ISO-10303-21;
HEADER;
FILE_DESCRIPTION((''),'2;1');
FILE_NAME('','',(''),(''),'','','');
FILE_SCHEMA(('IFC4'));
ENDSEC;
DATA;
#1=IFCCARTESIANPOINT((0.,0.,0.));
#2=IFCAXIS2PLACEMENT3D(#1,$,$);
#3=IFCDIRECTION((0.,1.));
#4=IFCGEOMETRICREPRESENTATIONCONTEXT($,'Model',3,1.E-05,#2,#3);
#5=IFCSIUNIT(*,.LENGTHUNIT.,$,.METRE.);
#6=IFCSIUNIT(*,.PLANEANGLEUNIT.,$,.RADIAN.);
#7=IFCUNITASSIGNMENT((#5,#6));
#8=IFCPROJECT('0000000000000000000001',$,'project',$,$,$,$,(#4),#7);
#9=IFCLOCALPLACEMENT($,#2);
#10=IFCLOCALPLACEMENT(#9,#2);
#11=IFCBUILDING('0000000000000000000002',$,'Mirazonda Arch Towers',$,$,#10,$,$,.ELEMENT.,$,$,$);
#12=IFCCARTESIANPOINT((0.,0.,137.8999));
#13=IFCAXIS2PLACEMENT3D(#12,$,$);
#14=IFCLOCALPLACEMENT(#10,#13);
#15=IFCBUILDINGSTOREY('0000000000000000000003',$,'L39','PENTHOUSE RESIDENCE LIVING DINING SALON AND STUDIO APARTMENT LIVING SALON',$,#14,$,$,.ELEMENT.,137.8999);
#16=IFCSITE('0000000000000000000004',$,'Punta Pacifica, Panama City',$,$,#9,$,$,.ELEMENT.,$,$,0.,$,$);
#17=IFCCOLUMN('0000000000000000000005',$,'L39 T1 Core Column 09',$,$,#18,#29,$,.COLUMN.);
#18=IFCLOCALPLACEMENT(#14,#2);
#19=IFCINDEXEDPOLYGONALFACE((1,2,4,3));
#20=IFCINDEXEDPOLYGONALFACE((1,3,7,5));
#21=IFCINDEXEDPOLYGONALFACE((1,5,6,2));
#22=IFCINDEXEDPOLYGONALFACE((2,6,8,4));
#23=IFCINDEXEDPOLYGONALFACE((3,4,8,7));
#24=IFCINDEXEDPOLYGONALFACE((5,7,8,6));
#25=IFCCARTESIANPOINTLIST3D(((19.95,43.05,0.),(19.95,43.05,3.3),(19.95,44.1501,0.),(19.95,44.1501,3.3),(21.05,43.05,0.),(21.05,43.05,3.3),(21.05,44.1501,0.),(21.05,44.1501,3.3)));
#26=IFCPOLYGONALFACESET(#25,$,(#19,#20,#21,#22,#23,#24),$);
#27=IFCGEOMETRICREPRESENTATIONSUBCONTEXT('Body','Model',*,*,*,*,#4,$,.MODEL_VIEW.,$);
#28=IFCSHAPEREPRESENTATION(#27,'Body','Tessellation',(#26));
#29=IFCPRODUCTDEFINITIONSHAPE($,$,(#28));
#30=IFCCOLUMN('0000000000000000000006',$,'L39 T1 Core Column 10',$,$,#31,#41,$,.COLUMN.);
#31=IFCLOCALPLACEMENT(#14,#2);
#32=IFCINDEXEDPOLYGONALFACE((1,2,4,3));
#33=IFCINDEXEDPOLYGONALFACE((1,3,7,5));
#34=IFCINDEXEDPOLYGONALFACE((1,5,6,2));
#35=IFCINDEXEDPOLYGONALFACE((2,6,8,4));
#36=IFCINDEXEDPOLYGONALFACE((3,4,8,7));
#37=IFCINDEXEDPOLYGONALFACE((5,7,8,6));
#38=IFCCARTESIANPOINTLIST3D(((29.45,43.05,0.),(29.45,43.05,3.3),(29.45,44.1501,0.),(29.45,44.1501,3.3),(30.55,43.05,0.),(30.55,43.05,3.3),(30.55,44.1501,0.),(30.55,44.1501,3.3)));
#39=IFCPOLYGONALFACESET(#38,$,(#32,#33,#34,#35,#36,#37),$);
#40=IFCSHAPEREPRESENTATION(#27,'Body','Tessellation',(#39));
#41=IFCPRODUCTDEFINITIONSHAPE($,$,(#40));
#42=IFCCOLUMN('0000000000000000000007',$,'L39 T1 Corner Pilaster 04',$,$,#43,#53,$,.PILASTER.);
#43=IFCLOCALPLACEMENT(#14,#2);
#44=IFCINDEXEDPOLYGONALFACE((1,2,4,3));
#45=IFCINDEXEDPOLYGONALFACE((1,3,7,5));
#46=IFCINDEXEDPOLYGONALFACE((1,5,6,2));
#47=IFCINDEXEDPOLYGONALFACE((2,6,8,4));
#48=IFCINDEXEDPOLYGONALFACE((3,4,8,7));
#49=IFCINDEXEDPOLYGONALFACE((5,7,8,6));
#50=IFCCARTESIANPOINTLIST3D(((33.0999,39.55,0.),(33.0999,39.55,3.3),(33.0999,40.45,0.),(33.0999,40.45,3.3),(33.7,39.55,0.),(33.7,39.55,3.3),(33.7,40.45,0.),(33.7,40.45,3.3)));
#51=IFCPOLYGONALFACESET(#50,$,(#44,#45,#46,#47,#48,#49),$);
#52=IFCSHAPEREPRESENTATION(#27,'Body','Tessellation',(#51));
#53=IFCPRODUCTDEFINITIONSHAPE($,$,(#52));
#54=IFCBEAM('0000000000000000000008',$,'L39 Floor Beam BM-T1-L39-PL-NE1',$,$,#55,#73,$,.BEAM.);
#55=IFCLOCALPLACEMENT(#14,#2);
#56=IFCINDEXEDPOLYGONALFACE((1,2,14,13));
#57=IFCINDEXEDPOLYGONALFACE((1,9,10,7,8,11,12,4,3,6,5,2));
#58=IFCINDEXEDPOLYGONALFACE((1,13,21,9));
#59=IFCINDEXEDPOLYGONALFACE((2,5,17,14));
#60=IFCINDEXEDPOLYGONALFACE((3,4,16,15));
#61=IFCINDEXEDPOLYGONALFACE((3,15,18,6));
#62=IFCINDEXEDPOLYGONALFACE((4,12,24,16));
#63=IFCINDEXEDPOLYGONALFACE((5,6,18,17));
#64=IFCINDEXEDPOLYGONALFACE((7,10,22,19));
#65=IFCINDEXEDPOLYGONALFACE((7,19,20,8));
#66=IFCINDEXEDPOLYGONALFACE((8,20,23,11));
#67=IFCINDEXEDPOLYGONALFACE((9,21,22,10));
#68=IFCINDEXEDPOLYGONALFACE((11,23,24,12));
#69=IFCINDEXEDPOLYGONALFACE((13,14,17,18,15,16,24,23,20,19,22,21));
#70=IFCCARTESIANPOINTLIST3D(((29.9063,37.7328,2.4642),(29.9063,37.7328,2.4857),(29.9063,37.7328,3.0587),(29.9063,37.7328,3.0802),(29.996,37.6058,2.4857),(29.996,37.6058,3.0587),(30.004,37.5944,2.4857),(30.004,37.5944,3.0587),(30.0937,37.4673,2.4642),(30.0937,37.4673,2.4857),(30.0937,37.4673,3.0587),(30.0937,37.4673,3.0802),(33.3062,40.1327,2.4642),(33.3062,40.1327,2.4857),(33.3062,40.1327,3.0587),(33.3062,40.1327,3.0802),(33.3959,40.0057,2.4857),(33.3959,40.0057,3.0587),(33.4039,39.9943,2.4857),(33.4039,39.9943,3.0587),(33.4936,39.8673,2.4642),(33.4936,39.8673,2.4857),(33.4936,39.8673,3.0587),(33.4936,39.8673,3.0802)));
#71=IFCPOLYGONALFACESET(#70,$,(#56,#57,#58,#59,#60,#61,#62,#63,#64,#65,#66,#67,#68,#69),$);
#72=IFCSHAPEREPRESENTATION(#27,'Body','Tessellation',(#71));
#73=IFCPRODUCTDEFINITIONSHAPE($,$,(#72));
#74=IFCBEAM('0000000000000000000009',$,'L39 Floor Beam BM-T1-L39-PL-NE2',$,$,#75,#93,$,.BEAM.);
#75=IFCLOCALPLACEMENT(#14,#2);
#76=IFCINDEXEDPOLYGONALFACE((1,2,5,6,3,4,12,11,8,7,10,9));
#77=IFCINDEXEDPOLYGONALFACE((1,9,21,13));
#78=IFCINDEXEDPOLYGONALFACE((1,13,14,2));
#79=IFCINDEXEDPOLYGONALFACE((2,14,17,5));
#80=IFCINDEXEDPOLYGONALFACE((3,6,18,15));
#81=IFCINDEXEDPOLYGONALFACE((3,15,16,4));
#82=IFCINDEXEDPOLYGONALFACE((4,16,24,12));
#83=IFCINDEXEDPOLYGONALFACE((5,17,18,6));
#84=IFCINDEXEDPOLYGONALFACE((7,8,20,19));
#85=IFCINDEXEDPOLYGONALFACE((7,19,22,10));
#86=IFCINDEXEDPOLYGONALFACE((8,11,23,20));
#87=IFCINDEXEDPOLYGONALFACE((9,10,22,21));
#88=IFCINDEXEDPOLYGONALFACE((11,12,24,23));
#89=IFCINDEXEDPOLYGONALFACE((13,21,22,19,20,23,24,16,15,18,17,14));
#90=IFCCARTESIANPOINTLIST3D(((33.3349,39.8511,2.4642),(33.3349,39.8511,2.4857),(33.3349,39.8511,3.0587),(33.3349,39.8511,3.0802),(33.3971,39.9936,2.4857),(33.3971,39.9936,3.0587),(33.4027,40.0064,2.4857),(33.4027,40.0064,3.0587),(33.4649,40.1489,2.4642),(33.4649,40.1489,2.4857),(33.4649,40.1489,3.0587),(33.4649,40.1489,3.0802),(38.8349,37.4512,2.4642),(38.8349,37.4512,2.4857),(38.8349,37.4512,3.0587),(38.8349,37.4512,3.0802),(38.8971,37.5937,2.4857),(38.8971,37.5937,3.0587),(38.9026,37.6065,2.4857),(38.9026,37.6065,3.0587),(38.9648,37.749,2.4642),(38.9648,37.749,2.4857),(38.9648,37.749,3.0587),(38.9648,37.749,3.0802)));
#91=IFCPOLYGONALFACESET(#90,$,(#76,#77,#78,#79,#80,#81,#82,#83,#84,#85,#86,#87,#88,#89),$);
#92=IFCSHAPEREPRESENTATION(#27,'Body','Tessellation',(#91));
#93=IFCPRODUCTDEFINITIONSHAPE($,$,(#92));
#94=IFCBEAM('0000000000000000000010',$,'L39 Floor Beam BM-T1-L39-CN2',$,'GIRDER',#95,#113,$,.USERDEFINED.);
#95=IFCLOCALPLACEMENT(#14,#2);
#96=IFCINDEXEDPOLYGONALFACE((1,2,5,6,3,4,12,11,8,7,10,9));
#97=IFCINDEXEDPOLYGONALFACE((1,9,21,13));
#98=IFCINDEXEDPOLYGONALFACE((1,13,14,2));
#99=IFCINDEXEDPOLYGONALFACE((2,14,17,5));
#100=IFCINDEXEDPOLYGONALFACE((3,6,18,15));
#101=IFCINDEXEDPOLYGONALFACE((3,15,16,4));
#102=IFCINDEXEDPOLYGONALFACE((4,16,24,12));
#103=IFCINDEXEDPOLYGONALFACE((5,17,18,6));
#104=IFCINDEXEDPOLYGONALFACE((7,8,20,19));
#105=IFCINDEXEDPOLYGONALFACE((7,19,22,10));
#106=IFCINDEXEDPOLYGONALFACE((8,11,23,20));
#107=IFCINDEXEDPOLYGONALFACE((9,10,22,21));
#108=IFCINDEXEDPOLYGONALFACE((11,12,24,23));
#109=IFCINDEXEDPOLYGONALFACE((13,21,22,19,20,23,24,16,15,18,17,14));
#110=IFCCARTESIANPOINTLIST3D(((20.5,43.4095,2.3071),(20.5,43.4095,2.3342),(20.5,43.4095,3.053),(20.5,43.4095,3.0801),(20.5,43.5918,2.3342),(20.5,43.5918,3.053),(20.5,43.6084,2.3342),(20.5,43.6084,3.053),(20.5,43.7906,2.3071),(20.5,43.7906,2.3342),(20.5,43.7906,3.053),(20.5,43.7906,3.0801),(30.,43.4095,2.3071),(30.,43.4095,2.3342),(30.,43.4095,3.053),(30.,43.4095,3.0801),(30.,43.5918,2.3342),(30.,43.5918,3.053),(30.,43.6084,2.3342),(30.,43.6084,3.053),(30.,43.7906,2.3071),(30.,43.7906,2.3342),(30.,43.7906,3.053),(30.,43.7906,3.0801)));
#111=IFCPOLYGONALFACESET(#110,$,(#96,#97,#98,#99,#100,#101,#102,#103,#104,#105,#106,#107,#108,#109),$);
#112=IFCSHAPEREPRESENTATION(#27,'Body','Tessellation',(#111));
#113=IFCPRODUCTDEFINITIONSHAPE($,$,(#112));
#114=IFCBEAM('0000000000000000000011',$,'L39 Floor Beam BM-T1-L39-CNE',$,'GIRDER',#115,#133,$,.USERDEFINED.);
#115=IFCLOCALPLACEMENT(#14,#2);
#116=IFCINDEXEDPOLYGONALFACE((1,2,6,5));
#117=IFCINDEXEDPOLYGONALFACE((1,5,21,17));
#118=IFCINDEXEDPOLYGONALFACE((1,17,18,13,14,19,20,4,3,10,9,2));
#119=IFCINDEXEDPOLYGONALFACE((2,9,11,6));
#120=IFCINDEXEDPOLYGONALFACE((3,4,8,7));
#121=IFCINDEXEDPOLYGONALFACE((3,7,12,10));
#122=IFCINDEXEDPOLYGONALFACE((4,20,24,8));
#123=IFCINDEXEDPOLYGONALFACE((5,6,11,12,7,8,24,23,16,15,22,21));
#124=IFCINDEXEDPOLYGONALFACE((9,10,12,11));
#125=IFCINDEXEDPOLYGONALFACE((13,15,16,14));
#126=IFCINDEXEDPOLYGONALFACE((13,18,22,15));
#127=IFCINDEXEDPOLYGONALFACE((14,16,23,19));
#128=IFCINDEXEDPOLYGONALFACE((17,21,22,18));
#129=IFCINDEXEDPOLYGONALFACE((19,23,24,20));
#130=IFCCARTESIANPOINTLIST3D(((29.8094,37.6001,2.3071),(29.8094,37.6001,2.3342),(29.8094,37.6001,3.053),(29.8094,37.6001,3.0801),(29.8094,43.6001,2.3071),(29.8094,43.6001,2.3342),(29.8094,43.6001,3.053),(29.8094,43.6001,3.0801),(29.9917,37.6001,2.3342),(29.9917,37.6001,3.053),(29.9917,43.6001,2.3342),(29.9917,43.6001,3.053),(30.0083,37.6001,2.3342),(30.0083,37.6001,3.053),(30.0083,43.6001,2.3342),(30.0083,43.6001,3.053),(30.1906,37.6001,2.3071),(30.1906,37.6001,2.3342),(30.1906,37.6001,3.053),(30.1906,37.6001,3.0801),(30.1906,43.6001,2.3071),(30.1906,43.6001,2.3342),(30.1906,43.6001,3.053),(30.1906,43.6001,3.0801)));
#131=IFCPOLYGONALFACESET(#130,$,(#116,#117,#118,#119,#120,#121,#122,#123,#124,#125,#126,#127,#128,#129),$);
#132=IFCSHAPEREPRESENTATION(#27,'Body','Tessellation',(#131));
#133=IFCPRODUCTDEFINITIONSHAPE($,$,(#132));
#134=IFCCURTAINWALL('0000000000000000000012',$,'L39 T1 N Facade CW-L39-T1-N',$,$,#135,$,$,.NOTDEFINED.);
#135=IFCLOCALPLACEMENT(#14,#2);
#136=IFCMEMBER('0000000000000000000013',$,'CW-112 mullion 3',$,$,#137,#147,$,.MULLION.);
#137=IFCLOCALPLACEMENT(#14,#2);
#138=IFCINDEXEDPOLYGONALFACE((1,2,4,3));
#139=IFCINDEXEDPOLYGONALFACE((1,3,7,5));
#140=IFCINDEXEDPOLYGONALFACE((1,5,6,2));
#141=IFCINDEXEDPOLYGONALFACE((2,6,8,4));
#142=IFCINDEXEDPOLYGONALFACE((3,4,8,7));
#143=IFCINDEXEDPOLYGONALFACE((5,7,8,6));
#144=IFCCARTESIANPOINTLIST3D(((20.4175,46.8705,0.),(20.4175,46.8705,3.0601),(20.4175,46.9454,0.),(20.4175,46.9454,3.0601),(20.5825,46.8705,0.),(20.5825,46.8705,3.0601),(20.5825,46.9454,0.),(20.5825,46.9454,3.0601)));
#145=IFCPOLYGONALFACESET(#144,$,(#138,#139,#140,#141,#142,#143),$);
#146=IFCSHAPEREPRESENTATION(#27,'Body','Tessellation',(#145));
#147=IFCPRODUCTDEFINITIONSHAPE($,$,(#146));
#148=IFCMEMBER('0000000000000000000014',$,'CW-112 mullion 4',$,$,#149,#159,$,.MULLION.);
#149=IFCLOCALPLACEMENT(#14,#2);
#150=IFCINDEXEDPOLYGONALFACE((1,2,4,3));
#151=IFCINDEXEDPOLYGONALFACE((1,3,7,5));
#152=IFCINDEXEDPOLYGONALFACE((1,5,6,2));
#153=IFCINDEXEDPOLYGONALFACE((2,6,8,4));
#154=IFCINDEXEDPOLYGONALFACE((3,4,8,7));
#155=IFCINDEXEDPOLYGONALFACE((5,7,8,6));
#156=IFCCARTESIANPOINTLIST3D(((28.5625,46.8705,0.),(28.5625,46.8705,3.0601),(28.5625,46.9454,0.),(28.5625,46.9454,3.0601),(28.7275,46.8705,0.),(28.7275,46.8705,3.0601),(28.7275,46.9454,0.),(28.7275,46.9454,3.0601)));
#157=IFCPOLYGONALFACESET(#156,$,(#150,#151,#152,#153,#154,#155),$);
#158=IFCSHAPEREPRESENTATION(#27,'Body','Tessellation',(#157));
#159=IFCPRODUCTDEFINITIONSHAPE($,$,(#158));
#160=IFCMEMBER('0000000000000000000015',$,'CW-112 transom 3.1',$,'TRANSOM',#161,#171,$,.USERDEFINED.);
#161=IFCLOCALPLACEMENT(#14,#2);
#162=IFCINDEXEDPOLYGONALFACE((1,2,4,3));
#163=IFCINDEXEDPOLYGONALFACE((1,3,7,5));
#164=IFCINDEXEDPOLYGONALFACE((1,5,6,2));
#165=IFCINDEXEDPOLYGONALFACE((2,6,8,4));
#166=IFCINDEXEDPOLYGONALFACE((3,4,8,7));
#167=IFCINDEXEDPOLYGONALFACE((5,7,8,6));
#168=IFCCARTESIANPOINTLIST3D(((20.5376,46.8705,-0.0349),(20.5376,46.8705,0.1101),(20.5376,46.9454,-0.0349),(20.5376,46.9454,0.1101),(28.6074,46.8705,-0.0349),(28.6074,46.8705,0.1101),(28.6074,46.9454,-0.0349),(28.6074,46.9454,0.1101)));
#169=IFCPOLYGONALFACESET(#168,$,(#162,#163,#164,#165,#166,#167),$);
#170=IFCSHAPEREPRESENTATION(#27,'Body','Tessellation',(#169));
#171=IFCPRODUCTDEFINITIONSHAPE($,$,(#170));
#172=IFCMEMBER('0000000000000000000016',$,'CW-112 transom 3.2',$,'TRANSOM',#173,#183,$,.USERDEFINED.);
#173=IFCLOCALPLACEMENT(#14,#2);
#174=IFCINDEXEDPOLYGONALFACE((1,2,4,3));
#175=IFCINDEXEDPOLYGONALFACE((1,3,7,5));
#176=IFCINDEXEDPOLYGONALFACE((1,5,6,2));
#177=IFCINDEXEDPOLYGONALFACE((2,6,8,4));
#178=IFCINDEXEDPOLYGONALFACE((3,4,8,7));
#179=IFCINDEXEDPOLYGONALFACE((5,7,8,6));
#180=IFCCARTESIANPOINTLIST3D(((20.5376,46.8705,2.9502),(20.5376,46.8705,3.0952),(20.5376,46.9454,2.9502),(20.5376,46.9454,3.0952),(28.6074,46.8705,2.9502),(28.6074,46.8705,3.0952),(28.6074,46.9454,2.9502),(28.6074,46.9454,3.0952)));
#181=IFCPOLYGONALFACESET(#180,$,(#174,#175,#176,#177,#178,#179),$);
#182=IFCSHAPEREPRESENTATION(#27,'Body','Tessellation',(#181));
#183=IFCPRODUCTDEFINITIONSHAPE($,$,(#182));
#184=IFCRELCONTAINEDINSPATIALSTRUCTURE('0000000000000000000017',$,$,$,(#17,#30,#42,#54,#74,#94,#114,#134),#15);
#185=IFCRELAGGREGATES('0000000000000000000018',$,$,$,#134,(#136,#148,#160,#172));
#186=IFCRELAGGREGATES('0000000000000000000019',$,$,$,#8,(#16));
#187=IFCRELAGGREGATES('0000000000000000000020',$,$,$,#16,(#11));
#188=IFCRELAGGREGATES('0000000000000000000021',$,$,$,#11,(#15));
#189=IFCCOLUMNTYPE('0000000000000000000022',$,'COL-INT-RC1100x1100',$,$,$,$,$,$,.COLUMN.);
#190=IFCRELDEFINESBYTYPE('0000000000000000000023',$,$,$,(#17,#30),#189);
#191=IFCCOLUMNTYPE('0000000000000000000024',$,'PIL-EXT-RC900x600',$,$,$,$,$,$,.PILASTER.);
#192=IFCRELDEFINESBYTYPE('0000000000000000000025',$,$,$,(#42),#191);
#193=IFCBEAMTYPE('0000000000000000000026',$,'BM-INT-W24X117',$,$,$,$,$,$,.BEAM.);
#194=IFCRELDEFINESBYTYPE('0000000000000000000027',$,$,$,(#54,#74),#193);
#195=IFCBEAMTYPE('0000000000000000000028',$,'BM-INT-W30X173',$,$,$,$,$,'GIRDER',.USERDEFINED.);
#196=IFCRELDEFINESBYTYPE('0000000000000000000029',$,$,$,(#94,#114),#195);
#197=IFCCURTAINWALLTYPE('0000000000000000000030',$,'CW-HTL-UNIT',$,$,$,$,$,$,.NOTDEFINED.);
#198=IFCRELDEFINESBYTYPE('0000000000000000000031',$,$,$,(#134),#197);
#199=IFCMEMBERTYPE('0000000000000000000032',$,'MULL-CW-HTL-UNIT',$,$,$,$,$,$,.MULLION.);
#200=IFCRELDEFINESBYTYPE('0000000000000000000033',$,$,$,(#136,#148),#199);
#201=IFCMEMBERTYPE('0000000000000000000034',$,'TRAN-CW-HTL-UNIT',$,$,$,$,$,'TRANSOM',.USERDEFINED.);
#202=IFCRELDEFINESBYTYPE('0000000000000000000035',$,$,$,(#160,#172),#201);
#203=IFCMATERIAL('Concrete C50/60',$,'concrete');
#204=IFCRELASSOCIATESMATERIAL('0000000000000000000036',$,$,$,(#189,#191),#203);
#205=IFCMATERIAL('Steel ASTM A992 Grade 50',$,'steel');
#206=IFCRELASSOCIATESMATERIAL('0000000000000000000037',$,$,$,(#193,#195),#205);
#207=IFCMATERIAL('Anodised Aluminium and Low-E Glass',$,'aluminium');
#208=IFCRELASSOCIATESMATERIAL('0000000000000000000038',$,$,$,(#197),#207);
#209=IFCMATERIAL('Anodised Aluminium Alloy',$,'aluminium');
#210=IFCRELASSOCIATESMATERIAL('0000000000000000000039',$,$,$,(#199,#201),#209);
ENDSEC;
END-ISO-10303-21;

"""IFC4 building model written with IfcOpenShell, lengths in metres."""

from ifc_helpers import new_model, si_unit, direction, frame, origin, origin_2d, place, context, subcontext, project, spatial, rectangle, i_section, extrude, material, material_profile, profile_set, type_object, element, aggregate, save


model = new_model("IFC4")

# Units and contexts
model_context = context("Model", 3, precision=1e-05, world=origin(), true_north=direction((0.0, 1.0)))
body_context = subcontext(model_context, "Body", "Model", "MODEL_VIEW")
ifc_project = project(units=[si_unit("LENGTHUNIT", "METRE"), si_unit("PLANEANGLEUNIT", "RADIAN")], contexts=[model_context])

# Site, building, storey
site_placement = place(None, origin())
site = spatial("IfcSite", under=ifc_project, at=site_placement, Name="Punta Pacifica, Panama City", CompositionType="ELEMENT", RefElevation=0.0)
building_placement = place(site_placement, origin())
building = spatial("IfcBuilding", under=site, at=building_placement, Name="Mirazonda Arch Towers", CompositionType="ELEMENT")
storey_placement = place(building_placement, frame((0.0, 0.0, 137.8999)))
storey = spatial("IfcBuildingStorey", under=building, at=storey_placement, Name="L39", Description="PENTHOUSE RESIDENCE LIVING DINING SALON AND STUDIO APARTMENT LIVING SALON", CompositionType="ELEMENT", Elevation=137.8999)

# Columns
ifc_material_1 = material(Name="Concrete C50/60", Category="concrete")
ifc_material_profile_1 = material_profile(ifc_material_1, rectangle(XDim=1.1001, YDim=1.1001, at=origin_2d()), Name="RC1100x1100")
ifc_profile_set_1 = profile_set([ifc_material_profile_1], Name="Concrete C50/60")
column_type_1 = type_object("IfcColumnType", Name="COL-INT-RC1100x1100", PredefinedType="COLUMN", material=ifc_profile_set_1)
for number, where, z_axis, x_axis, name in (
    (1, (20.5, 43.6001, 0.0), (0.0, 0.0, 1.0), (1.0, 0.0, 0.0), "L39 T1 Core Column 09"),
    (2, (30.0, 43.6001, 0.0), (0.0, 0.0, 1.0), (1.0, 0.0, 0.0), "L39 T1 Core Column 10"),
):
    element("IfcColumn", number, at=place(storey_placement, frame(where, z_axis=z_axis, x_axis=x_axis)), inside=storey, type_object=column_type_1, Name=name, PredefinedType="COLUMN", context=body_context, shape_type="SweptSolid", body=[
        extrude(rectangle(XDim=1.1001, YDim=1.1001, at=origin_2d()), origin(), (0.0, 0.0, 1.0), 3.3),
    ])
ifc_material_profile_2 = material_profile(ifc_material_1, rectangle(XDim=0.6001, YDim=0.8999, at=origin_2d()), Name="RC900x600")
ifc_profile_set_2 = profile_set([ifc_material_profile_2], Name="Concrete C50/60")
column_type_2 = type_object("IfcColumnType", Name="PIL-EXT-RC900x600", PredefinedType="PILASTER", material=ifc_profile_set_2)
column_placement = place(storey_placement, frame((33.3999, 40.0, 0.0), z_axis=(0.0, 0.0, 1.0), x_axis=(1.0, 0.0, 0.0)))
element("IfcColumn", 3, at=column_placement, inside=storey, type_object=column_type_2, Name="L39 T1 Corner Pilaster 04", PredefinedType="PILASTER", context=body_context, shape_type="SweptSolid", body=[
    extrude(rectangle(XDim=0.6001, YDim=0.8999, at=origin_2d()), origin(), (0.0, 0.0, 1.0), 3.3),
])

# Beams
ifc_material_2 = material(Name="Steel ASTM A992 Grade 50", Category="steel")
ifc_material_profile_3 = material_profile(ifc_material_2, i_section(OverallWidth=0.325, OverallDepth=0.616, WebThickness=0.0139, FlangeThickness=0.0215, at=origin_2d()), Name="W24X117")
ifc_profile_set_3 = profile_set([ifc_material_profile_3], Name="Steel ASTM A992 Grade 50")
beam_type_1 = type_object("IfcBeamType", Name="BM-INT-W24X117", PredefinedType="BEAM", material=ifc_profile_set_3)
beam_1_placement = place(storey_placement, frame((33.3999, 40.0, 2.7722), z_axis=(-0.816971, -0.576679, 0.0), x_axis=(0.576679, -0.816971, 0.0)))
element("IfcBeam", 4, at=beam_1_placement, inside=storey, type_object=beam_type_1, Name="L39 Floor Beam BM-T1-L39-PL-NE1", PredefinedType="BEAM", context=body_context, shape_type="SweptSolid", body=[
    extrude(i_section(OverallWidth=0.325, OverallDepth=0.616, WebThickness=0.0139, FlangeThickness=0.0215, at=origin_2d()), origin(), (0.0, 0.0, 1.0), 4.1616),
])
beam_2_placement = place(storey_placement, frame((33.3999, 40.0, 2.7722), z_axis=(0.916545, -0.399931, 0.0), x_axis=(0.399931, 0.916545, 0.0)))
element("IfcBeam", 5, at=beam_2_placement, inside=storey, type_object=beam_type_1, Name="L39 Floor Beam BM-T1-L39-PL-NE2", PredefinedType="BEAM", context=body_context, shape_type="SweptSolid", body=[
    extrude(i_section(OverallWidth=0.325, OverallDepth=0.616, WebThickness=0.0139, FlangeThickness=0.0215, at=origin_2d()), origin(), (0.0, 0.0, 1.0), 6.0007),
])
ifc_material_profile_4 = material_profile(ifc_material_2, i_section(OverallWidth=0.3811, OverallDepth=0.7729, WebThickness=0.0166, FlangeThickness=0.0271, at=origin_2d()), Name="W30X173")
ifc_profile_set_4 = profile_set([ifc_material_profile_4], Name="Steel ASTM A992 Grade 50")
beam_type_2 = type_object("IfcBeamType", Name="BM-INT-W30X173", ElementType="GIRDER", PredefinedType="USERDEFINED", material=ifc_profile_set_4)
beam_3_placement = place(storey_placement, frame((20.5, 43.6001, 2.6936), z_axis=(1.0, 0.0, 0.0), x_axis=(0.0, 1.0, 0.0)))
element("IfcBeam", 6, at=beam_3_placement, inside=storey, type_object=beam_type_2, Name="L39 Floor Beam BM-T1-L39-CN2", ObjectType="GIRDER", PredefinedType="USERDEFINED", context=body_context, shape_type="SweptSolid", body=[
    extrude(i_section(OverallWidth=0.3811, OverallDepth=0.7729, WebThickness=0.0166, FlangeThickness=0.0271, at=origin_2d()), origin(), (0.0, 0.0, 1.0), 9.5),
])
beam_4_placement = place(storey_placement, frame((30.0, 37.6001, 2.6936), z_axis=(0.0, 1.0, 0.0), x_axis=(-1.0, 0.0, 0.0)))
element("IfcBeam", 7, at=beam_4_placement, inside=storey, type_object=beam_type_2, Name="L39 Floor Beam BM-T1-L39-CNE", ObjectType="GIRDER", PredefinedType="USERDEFINED", context=body_context, shape_type="SweptSolid", body=[
    extrude(i_section(OverallWidth=0.3811, OverallDepth=0.7729, WebThickness=0.0166, FlangeThickness=0.0271, at=origin_2d()), origin(), (0.0, 0.0, 1.0), 6.0),
])

# Curtain wall, members
ifc_material_3 = material(Name="Anodised Aluminium and Low-E Glass", Category="aluminium")
curtain_wall_type = type_object("IfcCurtainWallType", Name="CW-HTL-UNIT", PredefinedType="NOTDEFINED", material=ifc_material_3)
curtain_wall_placement = place(storey_placement, origin())
curtain_wall = element("IfcCurtainWall", 8, at=curtain_wall_placement, inside=storey, type_object=curtain_wall_type, Name="L39 T1 N Facade CW-L39-T1-N", PredefinedType="NOTDEFINED")
ifc_material_4 = material(Name="Anodised Aluminium Alloy", Category="aluminium")
ifc_material_profile_5 = material_profile(ifc_material_4, rectangle(XDim=0.075, YDim=0.165, at=origin_2d()), Name="ALU-MULL-75x165")
ifc_profile_set_5 = profile_set([ifc_material_profile_5], Name="Anodised Aluminium Alloy")
member_type_1 = type_object("IfcMemberType", Name="MULL-CW-HTL-UNIT", PredefinedType="MULLION", material=ifc_profile_set_5)
member_1_placement = place(storey_placement, frame((20.5, 46.908, 0.0), z_axis=(0.0, 0.0, 1.0), x_axis=(0.0, 1.0, 0.0)))
member_1 = element("IfcMember", 9, at=member_1_placement, type_object=member_type_1, Name="CW-112 mullion 3", PredefinedType="MULLION", context=body_context, shape_type="SweptSolid", body=[
    extrude(rectangle(XDim=0.075, YDim=0.165, at=origin_2d()), origin(), (0.0, 0.0, 1.0), 3.0601),
])
member_2_placement = place(storey_placement, frame((28.645, 46.908, 0.0), z_axis=(0.0, 0.0, 1.0), x_axis=(0.0, 1.0, 0.0)))
member_2 = element("IfcMember", 10, at=member_2_placement, type_object=member_type_1, Name="CW-112 mullion 4", PredefinedType="MULLION", context=body_context, shape_type="SweptSolid", body=[
    extrude(rectangle(XDim=0.075, YDim=0.165, at=origin_2d()), origin(), (0.0, 0.0, 1.0), 3.0601),
])
ifc_material_profile_6 = material_profile(ifc_material_4, rectangle(XDim=0.075, YDim=0.145, at=origin_2d()), Name="ALU-TRAN-75x145")
ifc_profile_set_6 = profile_set([ifc_material_profile_6], Name="Anodised Aluminium Alloy")
member_type_2 = type_object("IfcMemberType", Name="TRAN-CW-HTL-UNIT", ElementType="TRANSOM", PredefinedType="USERDEFINED", material=ifc_profile_set_6)
member_3_placement = place(storey_placement, frame((20.5376, 46.908, 0.0376), z_axis=(1.0, 0.0, 0.0), x_axis=(0.0, 1.0, 0.0)))
member_3 = element("IfcMember", 11, at=member_3_placement, type_object=member_type_2, Name="CW-112 transom 3.1", ObjectType="TRANSOM", PredefinedType="USERDEFINED", context=body_context, shape_type="SweptSolid", body=[
    extrude(rectangle(XDim=0.075, YDim=0.145, at=origin_2d()), origin(), (0.0, 0.0, 1.0), 8.0698),
])
member_4_placement = place(storey_placement, frame((20.5376, 46.908, 3.0227), z_axis=(1.0, 0.0, 0.0), x_axis=(0.0, 1.0, 0.0)))
member_4 = element("IfcMember", 12, at=member_4_placement, type_object=member_type_2, Name="CW-112 transom 3.2", ObjectType="TRANSOM", PredefinedType="USERDEFINED", context=body_context, shape_type="SweptSolid", body=[
    extrude(rectangle(XDim=0.075, YDim=0.145, at=origin_2d()), origin(), (0.0, 0.0, 1.0), 8.0698),
])
aggregate(curtain_wall, [member_1, member_2, member_3, member_4])

save(model, "model.ifc")
